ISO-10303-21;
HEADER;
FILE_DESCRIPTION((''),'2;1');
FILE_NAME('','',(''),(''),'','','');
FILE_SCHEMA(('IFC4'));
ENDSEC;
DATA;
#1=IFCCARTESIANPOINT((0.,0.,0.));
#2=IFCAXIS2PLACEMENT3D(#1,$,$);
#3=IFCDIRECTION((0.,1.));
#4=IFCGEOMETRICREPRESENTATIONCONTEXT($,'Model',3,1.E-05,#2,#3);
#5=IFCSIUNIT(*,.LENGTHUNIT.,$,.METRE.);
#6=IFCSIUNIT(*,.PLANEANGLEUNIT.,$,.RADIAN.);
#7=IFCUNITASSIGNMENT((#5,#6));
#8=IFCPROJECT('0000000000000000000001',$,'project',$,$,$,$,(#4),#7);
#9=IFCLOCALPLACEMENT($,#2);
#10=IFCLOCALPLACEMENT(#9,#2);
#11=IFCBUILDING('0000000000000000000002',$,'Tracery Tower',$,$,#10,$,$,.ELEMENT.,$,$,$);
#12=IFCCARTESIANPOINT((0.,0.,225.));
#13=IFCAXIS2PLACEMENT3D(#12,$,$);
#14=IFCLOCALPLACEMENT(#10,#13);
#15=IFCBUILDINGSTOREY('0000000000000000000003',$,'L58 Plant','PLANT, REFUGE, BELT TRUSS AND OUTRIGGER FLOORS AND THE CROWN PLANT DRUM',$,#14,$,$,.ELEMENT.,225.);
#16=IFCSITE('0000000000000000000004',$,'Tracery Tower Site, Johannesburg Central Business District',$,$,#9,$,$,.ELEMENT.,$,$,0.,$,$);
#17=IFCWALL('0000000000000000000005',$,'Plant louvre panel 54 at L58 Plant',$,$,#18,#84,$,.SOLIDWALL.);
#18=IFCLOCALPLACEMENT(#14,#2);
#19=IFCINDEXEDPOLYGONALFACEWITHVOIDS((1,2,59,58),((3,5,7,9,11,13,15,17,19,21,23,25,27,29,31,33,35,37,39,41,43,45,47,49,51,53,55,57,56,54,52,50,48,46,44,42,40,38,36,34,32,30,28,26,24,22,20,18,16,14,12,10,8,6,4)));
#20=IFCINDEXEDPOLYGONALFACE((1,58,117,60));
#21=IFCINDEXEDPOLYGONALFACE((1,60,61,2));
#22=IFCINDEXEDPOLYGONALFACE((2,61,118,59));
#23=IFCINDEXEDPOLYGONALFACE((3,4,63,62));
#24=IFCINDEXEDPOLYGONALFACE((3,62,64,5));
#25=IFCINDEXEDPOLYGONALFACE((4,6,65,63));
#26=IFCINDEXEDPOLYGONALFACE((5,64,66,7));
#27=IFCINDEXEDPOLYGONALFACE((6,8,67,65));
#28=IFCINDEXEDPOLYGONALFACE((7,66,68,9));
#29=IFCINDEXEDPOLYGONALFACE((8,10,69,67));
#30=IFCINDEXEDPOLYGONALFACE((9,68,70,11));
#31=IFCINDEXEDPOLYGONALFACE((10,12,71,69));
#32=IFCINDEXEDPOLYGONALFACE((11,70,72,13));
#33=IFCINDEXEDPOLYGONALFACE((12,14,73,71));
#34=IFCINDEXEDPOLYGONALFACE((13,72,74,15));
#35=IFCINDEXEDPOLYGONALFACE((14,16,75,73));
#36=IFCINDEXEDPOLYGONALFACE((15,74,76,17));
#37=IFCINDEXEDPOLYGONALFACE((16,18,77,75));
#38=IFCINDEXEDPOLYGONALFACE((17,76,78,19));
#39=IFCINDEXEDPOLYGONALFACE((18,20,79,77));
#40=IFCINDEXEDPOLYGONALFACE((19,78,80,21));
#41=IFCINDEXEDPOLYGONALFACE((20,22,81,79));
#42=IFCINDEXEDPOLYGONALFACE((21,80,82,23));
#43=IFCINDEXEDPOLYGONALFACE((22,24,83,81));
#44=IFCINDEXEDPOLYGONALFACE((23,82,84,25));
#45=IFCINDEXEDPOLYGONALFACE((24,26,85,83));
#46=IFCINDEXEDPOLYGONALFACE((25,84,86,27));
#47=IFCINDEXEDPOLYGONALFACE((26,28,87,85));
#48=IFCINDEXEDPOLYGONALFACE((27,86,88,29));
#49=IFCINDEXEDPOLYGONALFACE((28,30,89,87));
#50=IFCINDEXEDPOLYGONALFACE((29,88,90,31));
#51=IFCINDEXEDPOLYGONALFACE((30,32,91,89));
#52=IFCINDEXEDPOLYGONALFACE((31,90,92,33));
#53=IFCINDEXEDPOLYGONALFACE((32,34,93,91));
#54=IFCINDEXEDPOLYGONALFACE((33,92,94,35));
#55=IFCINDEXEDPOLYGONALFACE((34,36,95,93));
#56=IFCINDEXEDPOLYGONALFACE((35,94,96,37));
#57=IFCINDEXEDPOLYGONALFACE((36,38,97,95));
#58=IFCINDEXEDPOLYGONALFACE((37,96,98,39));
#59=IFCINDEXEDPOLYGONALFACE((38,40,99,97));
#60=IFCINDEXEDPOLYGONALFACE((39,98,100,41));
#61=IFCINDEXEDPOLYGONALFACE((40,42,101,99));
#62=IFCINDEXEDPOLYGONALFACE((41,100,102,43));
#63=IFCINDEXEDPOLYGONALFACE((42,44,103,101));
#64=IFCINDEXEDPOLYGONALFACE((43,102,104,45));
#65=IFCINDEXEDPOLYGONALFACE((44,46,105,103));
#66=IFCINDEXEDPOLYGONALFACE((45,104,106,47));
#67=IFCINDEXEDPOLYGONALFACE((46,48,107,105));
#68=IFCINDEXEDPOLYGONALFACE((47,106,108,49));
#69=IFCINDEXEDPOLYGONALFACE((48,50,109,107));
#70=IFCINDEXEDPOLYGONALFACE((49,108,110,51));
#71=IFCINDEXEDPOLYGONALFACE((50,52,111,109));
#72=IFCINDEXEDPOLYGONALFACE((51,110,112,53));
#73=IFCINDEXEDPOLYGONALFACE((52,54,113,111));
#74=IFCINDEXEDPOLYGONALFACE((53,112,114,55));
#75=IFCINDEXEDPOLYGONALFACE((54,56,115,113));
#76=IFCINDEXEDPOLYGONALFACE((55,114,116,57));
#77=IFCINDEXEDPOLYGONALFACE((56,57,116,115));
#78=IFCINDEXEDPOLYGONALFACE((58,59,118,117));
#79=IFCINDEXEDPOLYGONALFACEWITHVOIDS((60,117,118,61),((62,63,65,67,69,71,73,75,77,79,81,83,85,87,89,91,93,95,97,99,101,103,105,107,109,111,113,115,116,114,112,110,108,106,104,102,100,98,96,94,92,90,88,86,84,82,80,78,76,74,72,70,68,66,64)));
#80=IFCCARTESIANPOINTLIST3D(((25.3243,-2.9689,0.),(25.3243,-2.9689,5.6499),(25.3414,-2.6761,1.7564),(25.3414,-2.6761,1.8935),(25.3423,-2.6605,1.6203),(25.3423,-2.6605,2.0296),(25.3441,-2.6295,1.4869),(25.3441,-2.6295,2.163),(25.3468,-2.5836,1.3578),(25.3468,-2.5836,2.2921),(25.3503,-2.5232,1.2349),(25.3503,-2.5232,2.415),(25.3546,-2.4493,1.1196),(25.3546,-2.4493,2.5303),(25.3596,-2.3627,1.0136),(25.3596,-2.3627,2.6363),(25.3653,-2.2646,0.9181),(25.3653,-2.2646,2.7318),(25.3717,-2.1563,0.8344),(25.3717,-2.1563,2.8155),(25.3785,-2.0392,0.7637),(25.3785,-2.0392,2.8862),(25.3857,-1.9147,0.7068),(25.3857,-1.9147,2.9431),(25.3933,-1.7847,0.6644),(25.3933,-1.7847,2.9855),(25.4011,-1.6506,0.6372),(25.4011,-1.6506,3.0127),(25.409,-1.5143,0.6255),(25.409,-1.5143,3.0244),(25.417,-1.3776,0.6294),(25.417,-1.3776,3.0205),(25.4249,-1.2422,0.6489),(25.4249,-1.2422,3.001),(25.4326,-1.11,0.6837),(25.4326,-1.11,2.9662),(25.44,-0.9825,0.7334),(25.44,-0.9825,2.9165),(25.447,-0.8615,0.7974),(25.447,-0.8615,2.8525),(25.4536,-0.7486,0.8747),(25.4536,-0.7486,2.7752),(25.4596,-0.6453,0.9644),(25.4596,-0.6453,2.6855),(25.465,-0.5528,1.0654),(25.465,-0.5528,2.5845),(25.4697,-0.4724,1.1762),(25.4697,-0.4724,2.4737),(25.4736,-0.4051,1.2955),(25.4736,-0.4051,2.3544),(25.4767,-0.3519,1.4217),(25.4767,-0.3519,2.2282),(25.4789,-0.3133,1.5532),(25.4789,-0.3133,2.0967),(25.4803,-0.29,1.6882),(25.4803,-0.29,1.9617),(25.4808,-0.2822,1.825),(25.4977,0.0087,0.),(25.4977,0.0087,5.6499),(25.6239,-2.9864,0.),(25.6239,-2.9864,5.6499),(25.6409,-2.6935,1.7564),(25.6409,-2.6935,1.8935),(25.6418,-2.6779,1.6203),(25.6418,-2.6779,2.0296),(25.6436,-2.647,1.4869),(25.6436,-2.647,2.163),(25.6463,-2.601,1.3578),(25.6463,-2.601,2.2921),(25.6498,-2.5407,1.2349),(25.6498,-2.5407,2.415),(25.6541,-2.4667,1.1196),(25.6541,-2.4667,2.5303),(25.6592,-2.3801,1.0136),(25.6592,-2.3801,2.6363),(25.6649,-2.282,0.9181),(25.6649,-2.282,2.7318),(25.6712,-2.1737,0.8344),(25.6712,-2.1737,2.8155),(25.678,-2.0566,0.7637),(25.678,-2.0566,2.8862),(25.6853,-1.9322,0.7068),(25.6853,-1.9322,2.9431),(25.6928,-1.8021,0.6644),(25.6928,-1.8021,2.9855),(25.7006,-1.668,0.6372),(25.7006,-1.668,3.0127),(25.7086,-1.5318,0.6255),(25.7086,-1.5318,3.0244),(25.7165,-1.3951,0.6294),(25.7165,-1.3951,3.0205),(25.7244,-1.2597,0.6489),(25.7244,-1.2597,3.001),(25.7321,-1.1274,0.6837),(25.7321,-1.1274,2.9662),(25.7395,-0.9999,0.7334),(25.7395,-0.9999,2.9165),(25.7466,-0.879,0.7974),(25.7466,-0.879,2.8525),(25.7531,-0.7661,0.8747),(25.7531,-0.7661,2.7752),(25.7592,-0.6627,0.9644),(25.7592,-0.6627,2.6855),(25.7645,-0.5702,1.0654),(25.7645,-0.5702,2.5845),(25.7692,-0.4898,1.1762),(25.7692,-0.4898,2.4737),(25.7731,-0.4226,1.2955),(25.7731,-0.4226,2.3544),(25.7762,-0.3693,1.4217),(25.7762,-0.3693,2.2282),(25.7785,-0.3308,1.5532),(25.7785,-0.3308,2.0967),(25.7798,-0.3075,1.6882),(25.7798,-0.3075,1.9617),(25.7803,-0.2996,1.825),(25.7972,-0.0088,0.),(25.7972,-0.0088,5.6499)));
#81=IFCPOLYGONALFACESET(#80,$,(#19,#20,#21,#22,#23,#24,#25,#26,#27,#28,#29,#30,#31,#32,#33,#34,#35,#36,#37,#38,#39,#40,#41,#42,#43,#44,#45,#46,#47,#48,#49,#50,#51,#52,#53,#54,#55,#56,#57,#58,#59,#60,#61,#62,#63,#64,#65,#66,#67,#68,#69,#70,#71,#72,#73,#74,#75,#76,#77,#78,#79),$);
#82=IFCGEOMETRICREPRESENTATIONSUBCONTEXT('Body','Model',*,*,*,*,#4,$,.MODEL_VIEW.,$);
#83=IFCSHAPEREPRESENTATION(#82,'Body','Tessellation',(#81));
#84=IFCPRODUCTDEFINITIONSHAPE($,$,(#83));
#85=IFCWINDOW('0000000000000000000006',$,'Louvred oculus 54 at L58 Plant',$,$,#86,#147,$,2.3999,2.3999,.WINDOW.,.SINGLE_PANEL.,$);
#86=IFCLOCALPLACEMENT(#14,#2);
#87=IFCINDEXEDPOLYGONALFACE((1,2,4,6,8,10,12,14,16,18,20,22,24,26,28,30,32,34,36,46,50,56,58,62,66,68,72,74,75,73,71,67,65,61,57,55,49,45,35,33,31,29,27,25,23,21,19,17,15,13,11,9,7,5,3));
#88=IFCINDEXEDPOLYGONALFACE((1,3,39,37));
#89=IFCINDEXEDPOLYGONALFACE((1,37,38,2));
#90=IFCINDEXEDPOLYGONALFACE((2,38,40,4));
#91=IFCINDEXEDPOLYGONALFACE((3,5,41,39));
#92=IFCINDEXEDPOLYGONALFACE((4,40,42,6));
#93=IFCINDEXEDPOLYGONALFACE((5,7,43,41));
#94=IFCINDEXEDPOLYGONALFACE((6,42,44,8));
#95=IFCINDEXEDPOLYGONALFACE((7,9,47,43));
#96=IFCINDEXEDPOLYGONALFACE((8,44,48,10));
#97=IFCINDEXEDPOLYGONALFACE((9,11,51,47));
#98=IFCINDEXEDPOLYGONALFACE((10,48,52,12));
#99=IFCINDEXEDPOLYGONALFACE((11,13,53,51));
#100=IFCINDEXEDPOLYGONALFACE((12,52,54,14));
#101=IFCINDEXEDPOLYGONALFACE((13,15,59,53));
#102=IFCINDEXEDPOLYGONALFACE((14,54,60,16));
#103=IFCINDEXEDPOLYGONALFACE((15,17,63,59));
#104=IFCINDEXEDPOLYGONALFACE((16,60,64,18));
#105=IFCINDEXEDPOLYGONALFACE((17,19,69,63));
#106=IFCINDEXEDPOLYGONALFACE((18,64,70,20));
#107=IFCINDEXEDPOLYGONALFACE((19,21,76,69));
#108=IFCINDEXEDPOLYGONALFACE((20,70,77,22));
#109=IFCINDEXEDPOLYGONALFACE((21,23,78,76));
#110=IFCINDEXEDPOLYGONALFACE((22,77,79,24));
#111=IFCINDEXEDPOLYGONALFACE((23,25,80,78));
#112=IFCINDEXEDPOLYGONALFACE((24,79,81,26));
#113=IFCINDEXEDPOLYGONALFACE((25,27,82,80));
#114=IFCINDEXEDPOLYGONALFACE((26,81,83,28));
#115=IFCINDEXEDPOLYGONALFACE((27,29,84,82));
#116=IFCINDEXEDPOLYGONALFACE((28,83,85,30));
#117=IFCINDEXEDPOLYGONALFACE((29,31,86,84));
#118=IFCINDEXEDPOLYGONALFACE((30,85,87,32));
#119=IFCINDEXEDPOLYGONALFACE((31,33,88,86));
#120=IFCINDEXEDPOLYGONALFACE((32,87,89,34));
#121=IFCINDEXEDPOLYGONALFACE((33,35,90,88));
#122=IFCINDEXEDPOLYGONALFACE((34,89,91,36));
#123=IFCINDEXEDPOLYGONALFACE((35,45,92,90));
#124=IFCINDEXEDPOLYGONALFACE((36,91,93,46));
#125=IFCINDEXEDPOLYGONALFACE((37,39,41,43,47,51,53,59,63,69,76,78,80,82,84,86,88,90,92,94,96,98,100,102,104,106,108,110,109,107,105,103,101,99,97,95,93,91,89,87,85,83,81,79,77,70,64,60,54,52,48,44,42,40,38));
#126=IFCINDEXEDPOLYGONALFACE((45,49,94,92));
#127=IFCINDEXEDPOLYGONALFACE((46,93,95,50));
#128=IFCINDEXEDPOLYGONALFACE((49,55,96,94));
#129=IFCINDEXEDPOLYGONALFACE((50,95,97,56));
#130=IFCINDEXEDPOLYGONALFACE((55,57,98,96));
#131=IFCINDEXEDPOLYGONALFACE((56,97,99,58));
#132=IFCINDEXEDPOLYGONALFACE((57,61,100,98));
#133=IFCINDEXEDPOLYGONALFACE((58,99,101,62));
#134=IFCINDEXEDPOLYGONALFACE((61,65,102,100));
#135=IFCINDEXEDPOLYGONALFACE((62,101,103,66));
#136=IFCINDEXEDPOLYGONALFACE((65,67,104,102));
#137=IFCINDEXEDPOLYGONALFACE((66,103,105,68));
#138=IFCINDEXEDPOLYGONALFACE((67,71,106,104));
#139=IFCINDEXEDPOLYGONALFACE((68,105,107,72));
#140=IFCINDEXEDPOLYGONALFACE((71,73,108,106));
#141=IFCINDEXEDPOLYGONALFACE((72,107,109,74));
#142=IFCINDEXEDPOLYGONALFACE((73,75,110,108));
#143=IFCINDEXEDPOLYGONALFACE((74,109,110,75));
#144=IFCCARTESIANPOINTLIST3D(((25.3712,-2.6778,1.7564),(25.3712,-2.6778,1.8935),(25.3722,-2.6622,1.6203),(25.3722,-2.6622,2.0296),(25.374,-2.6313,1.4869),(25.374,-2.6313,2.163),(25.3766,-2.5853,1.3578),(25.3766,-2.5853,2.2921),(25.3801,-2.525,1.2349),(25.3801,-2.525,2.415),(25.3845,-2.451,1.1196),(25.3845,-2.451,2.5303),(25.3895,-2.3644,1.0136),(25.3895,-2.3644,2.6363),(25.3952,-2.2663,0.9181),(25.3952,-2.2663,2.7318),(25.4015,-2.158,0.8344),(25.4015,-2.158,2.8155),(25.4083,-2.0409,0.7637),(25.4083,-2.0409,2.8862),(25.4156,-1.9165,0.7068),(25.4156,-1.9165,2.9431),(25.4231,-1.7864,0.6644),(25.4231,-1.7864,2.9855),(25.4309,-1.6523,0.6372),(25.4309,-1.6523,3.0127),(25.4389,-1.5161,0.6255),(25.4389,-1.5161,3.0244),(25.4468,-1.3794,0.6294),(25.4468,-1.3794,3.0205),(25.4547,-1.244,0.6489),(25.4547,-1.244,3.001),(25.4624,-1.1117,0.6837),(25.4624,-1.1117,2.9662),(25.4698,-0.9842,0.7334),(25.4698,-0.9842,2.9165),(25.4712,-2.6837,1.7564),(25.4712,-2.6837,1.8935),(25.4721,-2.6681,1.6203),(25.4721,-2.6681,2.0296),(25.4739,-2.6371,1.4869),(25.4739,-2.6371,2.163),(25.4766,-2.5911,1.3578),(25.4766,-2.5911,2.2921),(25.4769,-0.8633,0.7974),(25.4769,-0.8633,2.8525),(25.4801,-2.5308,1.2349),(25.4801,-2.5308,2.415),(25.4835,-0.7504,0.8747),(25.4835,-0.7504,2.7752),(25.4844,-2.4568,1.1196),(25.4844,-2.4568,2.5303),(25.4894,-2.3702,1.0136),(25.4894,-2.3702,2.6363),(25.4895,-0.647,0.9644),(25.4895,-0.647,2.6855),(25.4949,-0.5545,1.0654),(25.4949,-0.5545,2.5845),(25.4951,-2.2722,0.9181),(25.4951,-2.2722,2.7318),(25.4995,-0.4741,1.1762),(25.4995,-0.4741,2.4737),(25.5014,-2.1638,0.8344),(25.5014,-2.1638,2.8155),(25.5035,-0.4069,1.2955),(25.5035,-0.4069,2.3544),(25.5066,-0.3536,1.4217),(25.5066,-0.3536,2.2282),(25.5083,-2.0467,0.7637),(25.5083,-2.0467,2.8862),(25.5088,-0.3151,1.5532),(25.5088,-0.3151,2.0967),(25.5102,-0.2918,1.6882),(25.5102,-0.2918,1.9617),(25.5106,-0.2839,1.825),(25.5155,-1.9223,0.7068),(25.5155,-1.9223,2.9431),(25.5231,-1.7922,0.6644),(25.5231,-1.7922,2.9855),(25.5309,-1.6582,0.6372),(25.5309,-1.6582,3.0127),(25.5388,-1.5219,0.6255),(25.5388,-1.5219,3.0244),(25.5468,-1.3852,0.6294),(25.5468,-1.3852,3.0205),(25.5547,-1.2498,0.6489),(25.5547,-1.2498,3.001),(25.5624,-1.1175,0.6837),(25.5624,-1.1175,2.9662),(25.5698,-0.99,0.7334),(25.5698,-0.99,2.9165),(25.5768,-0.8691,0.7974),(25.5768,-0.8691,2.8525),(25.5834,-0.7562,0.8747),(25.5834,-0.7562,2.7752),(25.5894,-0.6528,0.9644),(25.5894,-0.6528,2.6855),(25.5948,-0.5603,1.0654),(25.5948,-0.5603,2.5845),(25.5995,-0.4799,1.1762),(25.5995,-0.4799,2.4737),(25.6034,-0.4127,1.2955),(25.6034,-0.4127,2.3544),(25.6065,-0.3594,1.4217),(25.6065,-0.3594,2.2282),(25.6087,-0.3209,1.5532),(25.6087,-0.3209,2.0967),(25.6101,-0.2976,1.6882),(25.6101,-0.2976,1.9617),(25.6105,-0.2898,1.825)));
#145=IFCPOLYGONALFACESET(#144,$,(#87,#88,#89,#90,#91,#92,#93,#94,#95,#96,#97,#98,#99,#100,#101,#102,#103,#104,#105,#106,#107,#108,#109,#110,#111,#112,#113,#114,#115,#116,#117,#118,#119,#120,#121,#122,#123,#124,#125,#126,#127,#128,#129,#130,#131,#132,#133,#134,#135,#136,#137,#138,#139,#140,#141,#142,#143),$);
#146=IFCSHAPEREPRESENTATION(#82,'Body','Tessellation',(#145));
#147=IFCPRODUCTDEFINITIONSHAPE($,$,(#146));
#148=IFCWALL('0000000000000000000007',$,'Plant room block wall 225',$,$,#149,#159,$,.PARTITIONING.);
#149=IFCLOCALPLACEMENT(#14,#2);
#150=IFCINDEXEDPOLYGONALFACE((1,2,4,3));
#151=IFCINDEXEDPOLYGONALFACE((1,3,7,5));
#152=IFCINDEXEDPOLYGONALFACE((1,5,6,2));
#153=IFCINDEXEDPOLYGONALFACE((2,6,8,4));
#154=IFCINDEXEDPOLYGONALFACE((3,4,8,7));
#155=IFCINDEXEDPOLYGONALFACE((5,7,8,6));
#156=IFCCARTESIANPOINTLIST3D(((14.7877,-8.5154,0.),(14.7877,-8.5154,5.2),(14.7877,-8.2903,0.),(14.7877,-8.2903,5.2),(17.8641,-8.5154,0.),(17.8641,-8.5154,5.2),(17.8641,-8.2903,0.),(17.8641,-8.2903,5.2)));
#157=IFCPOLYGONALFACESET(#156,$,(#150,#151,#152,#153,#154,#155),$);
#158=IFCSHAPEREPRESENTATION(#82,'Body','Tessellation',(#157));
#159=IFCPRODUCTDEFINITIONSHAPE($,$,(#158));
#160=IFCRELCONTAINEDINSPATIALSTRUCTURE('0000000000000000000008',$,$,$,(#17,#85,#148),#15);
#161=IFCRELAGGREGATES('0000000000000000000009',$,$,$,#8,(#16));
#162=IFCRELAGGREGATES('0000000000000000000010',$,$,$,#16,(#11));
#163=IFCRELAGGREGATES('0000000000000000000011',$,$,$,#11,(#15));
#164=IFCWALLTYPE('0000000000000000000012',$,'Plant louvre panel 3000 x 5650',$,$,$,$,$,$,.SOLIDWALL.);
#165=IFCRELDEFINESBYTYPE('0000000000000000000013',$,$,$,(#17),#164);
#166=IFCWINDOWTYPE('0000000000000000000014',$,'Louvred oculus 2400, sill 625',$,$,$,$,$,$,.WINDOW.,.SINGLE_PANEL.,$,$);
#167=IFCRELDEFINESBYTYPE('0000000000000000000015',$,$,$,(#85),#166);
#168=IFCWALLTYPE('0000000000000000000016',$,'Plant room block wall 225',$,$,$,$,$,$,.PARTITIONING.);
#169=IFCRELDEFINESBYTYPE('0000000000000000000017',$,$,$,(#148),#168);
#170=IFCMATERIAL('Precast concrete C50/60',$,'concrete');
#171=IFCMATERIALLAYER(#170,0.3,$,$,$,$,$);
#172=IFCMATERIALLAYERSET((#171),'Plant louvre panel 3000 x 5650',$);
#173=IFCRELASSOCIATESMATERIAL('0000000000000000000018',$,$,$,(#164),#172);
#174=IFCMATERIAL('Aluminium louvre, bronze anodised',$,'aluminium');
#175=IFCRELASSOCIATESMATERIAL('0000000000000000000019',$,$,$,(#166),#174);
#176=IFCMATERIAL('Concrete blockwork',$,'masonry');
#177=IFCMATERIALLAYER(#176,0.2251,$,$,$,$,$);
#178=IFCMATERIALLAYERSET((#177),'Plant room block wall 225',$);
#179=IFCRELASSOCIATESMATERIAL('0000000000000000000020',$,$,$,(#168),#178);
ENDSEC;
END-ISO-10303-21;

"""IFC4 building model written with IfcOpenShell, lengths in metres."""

from ifc_helpers import new_model, si_unit, direction, frame, frame_2d, origin, origin_2d, place, context, subcontext, project, spatial, rectangle, circle, extrude, material, layer, layer_set, type_object, element, fill, save


model = new_model("IFC4")

# Units and contexts
model_context = context("Model", 3, precision=1e-05, world=origin(), true_north=direction((0.0, 1.0)))
body_context = subcontext(model_context, "Body", "Model", "MODEL_VIEW")
ifc_project = project(units=[si_unit("LENGTHUNIT", "METRE"), si_unit("PLANEANGLEUNIT", "RADIAN")], contexts=[model_context])

# Site, building, storey
site_placement = place(None, origin())
site = spatial("IfcSite", under=ifc_project, at=site_placement, Name="Tracery Tower Site, Johannesburg Central Business District", CompositionType="ELEMENT", RefElevation=0.0)
building_placement = place(site_placement, origin())
building = spatial("IfcBuilding", under=site, at=building_placement, Name="Tracery Tower", CompositionType="ELEMENT")
storey_placement = place(building_placement, frame((0.0, 0.0, 225.0)))
storey = spatial("IfcBuildingStorey", under=building, at=storey_placement, Name="L58 Plant", Description="PLANT, REFUGE, BELT TRUSS AND OUTRIGGER FLOORS AND THE CROWN PLANT DRUM", CompositionType="ELEMENT", Elevation=225.0)

# Wall, opening, window
ifc_material_1 = material(Name="Precast concrete C50/60", Category="concrete")
ifc_layer_1 = layer(ifc_material_1, 0.3)
ifc_layer_set_1 = layer_set([ifc_layer_1], Name="Plant louvre panel 3000 x 5650")
wall_type_1 = type_object("IfcWallType", Name="Plant louvre panel 3000 x 5650", PredefinedType="SOLIDWALL", material=ifc_layer_set_1)
ifc_material_2 = material(Name="Aluminium louvre, bronze anodised", Category="aluminium")
window_type = type_object("IfcWindowType", Name="Louvred oculus 2400, sill 625", PartitioningType="SINGLE_PANEL", PredefinedType="WINDOW", material=ifc_material_2)
wall_1_placement = place(storey_placement, frame((25.4741, -2.9775, 0.0), z_axis=(0.0, 0.0, 1.0), x_axis=(0.058117, 0.99831, 0.0)))
wall_1 = element("IfcWall", 1, at=wall_1_placement, inside=storey, type_object=wall_type_1, Name="Plant louvre panel 54 at L58 Plant", PredefinedType="SOLIDWALL", context=body_context, shape_type="SweptSolid", body=[
    extrude(rectangle(XDim=2.9827, YDim=0.3, at=frame_2d((1.4912, 0.0))), origin(), (0.0, 0.0, 1.0), 5.6499),
])
opening_1_placement = place(wall_1_placement, frame((1.4912, 0.0, 1.825)))
opening_1 = element("IfcOpeningElement", 2, at=opening_1_placement, cuts=wall_1, PredefinedType="OPENING", context=body_context, shape_type="SweptSolid", body=[
    extrude(circle(Radius=1.2, at=origin_2d()), frame((0.0, 0.1599, 0.0), z_axis=(0.0, -1.0, 0.0), x_axis=(1.0, 0.0, 0.0)), (0.0, 0.0, 1.0), 0.3201),
])
window_1_placement = place(opening_1_placement, origin())
window_1 = element("IfcWindow", 3, at=window_1_placement, inside=storey, type_object=window_type, Name="Louvred oculus 54 at L58 Plant", OverallHeight=2.3999, OverallWidth=2.3999, PartitioningType="SINGLE_PANEL", PredefinedType="WINDOW", context=body_context, shape_type="SweptSolid", body=[
    extrude(circle(Radius=1.2, at=origin_2d()), frame((0.0, 0.1201, 0.0), z_axis=(0.0, -1.0, 0.0), x_axis=(1.0, 0.0, 0.0)), (0.0, 0.0, 1.0), 0.1001),
])
fill(opening_1, window_1)

# Wall
ifc_material_3 = material(Name="Concrete blockwork", Category="masonry")
ifc_layer_2 = layer(ifc_material_3, 0.2251)
ifc_layer_set_2 = layer_set([ifc_layer_2], Name="Plant room block wall 225")
wall_type_2 = type_object("IfcWallType", Name="Plant room block wall 225", PredefinedType="PARTITIONING", material=ifc_layer_set_2)
wall_2_placement = place(storey_placement, frame((17.864, -8.4028, 0.0), z_axis=(0.0, 0.0, 1.0), x_axis=(-1.0, 0.0, 0.0)))
element("IfcWall", 4, at=wall_2_placement, inside=storey, type_object=wall_type_2, Name="Plant room block wall 225", PredefinedType="PARTITIONING", context=body_context, shape_type="SweptSolid", body=[
    extrude(rectangle(XDim=3.0764, YDim=0.2251, at=frame_2d((1.5381, 0.0))), origin(), (0.0, 0.0, 1.0), 5.2),
])

save(model, "model.ifc")
